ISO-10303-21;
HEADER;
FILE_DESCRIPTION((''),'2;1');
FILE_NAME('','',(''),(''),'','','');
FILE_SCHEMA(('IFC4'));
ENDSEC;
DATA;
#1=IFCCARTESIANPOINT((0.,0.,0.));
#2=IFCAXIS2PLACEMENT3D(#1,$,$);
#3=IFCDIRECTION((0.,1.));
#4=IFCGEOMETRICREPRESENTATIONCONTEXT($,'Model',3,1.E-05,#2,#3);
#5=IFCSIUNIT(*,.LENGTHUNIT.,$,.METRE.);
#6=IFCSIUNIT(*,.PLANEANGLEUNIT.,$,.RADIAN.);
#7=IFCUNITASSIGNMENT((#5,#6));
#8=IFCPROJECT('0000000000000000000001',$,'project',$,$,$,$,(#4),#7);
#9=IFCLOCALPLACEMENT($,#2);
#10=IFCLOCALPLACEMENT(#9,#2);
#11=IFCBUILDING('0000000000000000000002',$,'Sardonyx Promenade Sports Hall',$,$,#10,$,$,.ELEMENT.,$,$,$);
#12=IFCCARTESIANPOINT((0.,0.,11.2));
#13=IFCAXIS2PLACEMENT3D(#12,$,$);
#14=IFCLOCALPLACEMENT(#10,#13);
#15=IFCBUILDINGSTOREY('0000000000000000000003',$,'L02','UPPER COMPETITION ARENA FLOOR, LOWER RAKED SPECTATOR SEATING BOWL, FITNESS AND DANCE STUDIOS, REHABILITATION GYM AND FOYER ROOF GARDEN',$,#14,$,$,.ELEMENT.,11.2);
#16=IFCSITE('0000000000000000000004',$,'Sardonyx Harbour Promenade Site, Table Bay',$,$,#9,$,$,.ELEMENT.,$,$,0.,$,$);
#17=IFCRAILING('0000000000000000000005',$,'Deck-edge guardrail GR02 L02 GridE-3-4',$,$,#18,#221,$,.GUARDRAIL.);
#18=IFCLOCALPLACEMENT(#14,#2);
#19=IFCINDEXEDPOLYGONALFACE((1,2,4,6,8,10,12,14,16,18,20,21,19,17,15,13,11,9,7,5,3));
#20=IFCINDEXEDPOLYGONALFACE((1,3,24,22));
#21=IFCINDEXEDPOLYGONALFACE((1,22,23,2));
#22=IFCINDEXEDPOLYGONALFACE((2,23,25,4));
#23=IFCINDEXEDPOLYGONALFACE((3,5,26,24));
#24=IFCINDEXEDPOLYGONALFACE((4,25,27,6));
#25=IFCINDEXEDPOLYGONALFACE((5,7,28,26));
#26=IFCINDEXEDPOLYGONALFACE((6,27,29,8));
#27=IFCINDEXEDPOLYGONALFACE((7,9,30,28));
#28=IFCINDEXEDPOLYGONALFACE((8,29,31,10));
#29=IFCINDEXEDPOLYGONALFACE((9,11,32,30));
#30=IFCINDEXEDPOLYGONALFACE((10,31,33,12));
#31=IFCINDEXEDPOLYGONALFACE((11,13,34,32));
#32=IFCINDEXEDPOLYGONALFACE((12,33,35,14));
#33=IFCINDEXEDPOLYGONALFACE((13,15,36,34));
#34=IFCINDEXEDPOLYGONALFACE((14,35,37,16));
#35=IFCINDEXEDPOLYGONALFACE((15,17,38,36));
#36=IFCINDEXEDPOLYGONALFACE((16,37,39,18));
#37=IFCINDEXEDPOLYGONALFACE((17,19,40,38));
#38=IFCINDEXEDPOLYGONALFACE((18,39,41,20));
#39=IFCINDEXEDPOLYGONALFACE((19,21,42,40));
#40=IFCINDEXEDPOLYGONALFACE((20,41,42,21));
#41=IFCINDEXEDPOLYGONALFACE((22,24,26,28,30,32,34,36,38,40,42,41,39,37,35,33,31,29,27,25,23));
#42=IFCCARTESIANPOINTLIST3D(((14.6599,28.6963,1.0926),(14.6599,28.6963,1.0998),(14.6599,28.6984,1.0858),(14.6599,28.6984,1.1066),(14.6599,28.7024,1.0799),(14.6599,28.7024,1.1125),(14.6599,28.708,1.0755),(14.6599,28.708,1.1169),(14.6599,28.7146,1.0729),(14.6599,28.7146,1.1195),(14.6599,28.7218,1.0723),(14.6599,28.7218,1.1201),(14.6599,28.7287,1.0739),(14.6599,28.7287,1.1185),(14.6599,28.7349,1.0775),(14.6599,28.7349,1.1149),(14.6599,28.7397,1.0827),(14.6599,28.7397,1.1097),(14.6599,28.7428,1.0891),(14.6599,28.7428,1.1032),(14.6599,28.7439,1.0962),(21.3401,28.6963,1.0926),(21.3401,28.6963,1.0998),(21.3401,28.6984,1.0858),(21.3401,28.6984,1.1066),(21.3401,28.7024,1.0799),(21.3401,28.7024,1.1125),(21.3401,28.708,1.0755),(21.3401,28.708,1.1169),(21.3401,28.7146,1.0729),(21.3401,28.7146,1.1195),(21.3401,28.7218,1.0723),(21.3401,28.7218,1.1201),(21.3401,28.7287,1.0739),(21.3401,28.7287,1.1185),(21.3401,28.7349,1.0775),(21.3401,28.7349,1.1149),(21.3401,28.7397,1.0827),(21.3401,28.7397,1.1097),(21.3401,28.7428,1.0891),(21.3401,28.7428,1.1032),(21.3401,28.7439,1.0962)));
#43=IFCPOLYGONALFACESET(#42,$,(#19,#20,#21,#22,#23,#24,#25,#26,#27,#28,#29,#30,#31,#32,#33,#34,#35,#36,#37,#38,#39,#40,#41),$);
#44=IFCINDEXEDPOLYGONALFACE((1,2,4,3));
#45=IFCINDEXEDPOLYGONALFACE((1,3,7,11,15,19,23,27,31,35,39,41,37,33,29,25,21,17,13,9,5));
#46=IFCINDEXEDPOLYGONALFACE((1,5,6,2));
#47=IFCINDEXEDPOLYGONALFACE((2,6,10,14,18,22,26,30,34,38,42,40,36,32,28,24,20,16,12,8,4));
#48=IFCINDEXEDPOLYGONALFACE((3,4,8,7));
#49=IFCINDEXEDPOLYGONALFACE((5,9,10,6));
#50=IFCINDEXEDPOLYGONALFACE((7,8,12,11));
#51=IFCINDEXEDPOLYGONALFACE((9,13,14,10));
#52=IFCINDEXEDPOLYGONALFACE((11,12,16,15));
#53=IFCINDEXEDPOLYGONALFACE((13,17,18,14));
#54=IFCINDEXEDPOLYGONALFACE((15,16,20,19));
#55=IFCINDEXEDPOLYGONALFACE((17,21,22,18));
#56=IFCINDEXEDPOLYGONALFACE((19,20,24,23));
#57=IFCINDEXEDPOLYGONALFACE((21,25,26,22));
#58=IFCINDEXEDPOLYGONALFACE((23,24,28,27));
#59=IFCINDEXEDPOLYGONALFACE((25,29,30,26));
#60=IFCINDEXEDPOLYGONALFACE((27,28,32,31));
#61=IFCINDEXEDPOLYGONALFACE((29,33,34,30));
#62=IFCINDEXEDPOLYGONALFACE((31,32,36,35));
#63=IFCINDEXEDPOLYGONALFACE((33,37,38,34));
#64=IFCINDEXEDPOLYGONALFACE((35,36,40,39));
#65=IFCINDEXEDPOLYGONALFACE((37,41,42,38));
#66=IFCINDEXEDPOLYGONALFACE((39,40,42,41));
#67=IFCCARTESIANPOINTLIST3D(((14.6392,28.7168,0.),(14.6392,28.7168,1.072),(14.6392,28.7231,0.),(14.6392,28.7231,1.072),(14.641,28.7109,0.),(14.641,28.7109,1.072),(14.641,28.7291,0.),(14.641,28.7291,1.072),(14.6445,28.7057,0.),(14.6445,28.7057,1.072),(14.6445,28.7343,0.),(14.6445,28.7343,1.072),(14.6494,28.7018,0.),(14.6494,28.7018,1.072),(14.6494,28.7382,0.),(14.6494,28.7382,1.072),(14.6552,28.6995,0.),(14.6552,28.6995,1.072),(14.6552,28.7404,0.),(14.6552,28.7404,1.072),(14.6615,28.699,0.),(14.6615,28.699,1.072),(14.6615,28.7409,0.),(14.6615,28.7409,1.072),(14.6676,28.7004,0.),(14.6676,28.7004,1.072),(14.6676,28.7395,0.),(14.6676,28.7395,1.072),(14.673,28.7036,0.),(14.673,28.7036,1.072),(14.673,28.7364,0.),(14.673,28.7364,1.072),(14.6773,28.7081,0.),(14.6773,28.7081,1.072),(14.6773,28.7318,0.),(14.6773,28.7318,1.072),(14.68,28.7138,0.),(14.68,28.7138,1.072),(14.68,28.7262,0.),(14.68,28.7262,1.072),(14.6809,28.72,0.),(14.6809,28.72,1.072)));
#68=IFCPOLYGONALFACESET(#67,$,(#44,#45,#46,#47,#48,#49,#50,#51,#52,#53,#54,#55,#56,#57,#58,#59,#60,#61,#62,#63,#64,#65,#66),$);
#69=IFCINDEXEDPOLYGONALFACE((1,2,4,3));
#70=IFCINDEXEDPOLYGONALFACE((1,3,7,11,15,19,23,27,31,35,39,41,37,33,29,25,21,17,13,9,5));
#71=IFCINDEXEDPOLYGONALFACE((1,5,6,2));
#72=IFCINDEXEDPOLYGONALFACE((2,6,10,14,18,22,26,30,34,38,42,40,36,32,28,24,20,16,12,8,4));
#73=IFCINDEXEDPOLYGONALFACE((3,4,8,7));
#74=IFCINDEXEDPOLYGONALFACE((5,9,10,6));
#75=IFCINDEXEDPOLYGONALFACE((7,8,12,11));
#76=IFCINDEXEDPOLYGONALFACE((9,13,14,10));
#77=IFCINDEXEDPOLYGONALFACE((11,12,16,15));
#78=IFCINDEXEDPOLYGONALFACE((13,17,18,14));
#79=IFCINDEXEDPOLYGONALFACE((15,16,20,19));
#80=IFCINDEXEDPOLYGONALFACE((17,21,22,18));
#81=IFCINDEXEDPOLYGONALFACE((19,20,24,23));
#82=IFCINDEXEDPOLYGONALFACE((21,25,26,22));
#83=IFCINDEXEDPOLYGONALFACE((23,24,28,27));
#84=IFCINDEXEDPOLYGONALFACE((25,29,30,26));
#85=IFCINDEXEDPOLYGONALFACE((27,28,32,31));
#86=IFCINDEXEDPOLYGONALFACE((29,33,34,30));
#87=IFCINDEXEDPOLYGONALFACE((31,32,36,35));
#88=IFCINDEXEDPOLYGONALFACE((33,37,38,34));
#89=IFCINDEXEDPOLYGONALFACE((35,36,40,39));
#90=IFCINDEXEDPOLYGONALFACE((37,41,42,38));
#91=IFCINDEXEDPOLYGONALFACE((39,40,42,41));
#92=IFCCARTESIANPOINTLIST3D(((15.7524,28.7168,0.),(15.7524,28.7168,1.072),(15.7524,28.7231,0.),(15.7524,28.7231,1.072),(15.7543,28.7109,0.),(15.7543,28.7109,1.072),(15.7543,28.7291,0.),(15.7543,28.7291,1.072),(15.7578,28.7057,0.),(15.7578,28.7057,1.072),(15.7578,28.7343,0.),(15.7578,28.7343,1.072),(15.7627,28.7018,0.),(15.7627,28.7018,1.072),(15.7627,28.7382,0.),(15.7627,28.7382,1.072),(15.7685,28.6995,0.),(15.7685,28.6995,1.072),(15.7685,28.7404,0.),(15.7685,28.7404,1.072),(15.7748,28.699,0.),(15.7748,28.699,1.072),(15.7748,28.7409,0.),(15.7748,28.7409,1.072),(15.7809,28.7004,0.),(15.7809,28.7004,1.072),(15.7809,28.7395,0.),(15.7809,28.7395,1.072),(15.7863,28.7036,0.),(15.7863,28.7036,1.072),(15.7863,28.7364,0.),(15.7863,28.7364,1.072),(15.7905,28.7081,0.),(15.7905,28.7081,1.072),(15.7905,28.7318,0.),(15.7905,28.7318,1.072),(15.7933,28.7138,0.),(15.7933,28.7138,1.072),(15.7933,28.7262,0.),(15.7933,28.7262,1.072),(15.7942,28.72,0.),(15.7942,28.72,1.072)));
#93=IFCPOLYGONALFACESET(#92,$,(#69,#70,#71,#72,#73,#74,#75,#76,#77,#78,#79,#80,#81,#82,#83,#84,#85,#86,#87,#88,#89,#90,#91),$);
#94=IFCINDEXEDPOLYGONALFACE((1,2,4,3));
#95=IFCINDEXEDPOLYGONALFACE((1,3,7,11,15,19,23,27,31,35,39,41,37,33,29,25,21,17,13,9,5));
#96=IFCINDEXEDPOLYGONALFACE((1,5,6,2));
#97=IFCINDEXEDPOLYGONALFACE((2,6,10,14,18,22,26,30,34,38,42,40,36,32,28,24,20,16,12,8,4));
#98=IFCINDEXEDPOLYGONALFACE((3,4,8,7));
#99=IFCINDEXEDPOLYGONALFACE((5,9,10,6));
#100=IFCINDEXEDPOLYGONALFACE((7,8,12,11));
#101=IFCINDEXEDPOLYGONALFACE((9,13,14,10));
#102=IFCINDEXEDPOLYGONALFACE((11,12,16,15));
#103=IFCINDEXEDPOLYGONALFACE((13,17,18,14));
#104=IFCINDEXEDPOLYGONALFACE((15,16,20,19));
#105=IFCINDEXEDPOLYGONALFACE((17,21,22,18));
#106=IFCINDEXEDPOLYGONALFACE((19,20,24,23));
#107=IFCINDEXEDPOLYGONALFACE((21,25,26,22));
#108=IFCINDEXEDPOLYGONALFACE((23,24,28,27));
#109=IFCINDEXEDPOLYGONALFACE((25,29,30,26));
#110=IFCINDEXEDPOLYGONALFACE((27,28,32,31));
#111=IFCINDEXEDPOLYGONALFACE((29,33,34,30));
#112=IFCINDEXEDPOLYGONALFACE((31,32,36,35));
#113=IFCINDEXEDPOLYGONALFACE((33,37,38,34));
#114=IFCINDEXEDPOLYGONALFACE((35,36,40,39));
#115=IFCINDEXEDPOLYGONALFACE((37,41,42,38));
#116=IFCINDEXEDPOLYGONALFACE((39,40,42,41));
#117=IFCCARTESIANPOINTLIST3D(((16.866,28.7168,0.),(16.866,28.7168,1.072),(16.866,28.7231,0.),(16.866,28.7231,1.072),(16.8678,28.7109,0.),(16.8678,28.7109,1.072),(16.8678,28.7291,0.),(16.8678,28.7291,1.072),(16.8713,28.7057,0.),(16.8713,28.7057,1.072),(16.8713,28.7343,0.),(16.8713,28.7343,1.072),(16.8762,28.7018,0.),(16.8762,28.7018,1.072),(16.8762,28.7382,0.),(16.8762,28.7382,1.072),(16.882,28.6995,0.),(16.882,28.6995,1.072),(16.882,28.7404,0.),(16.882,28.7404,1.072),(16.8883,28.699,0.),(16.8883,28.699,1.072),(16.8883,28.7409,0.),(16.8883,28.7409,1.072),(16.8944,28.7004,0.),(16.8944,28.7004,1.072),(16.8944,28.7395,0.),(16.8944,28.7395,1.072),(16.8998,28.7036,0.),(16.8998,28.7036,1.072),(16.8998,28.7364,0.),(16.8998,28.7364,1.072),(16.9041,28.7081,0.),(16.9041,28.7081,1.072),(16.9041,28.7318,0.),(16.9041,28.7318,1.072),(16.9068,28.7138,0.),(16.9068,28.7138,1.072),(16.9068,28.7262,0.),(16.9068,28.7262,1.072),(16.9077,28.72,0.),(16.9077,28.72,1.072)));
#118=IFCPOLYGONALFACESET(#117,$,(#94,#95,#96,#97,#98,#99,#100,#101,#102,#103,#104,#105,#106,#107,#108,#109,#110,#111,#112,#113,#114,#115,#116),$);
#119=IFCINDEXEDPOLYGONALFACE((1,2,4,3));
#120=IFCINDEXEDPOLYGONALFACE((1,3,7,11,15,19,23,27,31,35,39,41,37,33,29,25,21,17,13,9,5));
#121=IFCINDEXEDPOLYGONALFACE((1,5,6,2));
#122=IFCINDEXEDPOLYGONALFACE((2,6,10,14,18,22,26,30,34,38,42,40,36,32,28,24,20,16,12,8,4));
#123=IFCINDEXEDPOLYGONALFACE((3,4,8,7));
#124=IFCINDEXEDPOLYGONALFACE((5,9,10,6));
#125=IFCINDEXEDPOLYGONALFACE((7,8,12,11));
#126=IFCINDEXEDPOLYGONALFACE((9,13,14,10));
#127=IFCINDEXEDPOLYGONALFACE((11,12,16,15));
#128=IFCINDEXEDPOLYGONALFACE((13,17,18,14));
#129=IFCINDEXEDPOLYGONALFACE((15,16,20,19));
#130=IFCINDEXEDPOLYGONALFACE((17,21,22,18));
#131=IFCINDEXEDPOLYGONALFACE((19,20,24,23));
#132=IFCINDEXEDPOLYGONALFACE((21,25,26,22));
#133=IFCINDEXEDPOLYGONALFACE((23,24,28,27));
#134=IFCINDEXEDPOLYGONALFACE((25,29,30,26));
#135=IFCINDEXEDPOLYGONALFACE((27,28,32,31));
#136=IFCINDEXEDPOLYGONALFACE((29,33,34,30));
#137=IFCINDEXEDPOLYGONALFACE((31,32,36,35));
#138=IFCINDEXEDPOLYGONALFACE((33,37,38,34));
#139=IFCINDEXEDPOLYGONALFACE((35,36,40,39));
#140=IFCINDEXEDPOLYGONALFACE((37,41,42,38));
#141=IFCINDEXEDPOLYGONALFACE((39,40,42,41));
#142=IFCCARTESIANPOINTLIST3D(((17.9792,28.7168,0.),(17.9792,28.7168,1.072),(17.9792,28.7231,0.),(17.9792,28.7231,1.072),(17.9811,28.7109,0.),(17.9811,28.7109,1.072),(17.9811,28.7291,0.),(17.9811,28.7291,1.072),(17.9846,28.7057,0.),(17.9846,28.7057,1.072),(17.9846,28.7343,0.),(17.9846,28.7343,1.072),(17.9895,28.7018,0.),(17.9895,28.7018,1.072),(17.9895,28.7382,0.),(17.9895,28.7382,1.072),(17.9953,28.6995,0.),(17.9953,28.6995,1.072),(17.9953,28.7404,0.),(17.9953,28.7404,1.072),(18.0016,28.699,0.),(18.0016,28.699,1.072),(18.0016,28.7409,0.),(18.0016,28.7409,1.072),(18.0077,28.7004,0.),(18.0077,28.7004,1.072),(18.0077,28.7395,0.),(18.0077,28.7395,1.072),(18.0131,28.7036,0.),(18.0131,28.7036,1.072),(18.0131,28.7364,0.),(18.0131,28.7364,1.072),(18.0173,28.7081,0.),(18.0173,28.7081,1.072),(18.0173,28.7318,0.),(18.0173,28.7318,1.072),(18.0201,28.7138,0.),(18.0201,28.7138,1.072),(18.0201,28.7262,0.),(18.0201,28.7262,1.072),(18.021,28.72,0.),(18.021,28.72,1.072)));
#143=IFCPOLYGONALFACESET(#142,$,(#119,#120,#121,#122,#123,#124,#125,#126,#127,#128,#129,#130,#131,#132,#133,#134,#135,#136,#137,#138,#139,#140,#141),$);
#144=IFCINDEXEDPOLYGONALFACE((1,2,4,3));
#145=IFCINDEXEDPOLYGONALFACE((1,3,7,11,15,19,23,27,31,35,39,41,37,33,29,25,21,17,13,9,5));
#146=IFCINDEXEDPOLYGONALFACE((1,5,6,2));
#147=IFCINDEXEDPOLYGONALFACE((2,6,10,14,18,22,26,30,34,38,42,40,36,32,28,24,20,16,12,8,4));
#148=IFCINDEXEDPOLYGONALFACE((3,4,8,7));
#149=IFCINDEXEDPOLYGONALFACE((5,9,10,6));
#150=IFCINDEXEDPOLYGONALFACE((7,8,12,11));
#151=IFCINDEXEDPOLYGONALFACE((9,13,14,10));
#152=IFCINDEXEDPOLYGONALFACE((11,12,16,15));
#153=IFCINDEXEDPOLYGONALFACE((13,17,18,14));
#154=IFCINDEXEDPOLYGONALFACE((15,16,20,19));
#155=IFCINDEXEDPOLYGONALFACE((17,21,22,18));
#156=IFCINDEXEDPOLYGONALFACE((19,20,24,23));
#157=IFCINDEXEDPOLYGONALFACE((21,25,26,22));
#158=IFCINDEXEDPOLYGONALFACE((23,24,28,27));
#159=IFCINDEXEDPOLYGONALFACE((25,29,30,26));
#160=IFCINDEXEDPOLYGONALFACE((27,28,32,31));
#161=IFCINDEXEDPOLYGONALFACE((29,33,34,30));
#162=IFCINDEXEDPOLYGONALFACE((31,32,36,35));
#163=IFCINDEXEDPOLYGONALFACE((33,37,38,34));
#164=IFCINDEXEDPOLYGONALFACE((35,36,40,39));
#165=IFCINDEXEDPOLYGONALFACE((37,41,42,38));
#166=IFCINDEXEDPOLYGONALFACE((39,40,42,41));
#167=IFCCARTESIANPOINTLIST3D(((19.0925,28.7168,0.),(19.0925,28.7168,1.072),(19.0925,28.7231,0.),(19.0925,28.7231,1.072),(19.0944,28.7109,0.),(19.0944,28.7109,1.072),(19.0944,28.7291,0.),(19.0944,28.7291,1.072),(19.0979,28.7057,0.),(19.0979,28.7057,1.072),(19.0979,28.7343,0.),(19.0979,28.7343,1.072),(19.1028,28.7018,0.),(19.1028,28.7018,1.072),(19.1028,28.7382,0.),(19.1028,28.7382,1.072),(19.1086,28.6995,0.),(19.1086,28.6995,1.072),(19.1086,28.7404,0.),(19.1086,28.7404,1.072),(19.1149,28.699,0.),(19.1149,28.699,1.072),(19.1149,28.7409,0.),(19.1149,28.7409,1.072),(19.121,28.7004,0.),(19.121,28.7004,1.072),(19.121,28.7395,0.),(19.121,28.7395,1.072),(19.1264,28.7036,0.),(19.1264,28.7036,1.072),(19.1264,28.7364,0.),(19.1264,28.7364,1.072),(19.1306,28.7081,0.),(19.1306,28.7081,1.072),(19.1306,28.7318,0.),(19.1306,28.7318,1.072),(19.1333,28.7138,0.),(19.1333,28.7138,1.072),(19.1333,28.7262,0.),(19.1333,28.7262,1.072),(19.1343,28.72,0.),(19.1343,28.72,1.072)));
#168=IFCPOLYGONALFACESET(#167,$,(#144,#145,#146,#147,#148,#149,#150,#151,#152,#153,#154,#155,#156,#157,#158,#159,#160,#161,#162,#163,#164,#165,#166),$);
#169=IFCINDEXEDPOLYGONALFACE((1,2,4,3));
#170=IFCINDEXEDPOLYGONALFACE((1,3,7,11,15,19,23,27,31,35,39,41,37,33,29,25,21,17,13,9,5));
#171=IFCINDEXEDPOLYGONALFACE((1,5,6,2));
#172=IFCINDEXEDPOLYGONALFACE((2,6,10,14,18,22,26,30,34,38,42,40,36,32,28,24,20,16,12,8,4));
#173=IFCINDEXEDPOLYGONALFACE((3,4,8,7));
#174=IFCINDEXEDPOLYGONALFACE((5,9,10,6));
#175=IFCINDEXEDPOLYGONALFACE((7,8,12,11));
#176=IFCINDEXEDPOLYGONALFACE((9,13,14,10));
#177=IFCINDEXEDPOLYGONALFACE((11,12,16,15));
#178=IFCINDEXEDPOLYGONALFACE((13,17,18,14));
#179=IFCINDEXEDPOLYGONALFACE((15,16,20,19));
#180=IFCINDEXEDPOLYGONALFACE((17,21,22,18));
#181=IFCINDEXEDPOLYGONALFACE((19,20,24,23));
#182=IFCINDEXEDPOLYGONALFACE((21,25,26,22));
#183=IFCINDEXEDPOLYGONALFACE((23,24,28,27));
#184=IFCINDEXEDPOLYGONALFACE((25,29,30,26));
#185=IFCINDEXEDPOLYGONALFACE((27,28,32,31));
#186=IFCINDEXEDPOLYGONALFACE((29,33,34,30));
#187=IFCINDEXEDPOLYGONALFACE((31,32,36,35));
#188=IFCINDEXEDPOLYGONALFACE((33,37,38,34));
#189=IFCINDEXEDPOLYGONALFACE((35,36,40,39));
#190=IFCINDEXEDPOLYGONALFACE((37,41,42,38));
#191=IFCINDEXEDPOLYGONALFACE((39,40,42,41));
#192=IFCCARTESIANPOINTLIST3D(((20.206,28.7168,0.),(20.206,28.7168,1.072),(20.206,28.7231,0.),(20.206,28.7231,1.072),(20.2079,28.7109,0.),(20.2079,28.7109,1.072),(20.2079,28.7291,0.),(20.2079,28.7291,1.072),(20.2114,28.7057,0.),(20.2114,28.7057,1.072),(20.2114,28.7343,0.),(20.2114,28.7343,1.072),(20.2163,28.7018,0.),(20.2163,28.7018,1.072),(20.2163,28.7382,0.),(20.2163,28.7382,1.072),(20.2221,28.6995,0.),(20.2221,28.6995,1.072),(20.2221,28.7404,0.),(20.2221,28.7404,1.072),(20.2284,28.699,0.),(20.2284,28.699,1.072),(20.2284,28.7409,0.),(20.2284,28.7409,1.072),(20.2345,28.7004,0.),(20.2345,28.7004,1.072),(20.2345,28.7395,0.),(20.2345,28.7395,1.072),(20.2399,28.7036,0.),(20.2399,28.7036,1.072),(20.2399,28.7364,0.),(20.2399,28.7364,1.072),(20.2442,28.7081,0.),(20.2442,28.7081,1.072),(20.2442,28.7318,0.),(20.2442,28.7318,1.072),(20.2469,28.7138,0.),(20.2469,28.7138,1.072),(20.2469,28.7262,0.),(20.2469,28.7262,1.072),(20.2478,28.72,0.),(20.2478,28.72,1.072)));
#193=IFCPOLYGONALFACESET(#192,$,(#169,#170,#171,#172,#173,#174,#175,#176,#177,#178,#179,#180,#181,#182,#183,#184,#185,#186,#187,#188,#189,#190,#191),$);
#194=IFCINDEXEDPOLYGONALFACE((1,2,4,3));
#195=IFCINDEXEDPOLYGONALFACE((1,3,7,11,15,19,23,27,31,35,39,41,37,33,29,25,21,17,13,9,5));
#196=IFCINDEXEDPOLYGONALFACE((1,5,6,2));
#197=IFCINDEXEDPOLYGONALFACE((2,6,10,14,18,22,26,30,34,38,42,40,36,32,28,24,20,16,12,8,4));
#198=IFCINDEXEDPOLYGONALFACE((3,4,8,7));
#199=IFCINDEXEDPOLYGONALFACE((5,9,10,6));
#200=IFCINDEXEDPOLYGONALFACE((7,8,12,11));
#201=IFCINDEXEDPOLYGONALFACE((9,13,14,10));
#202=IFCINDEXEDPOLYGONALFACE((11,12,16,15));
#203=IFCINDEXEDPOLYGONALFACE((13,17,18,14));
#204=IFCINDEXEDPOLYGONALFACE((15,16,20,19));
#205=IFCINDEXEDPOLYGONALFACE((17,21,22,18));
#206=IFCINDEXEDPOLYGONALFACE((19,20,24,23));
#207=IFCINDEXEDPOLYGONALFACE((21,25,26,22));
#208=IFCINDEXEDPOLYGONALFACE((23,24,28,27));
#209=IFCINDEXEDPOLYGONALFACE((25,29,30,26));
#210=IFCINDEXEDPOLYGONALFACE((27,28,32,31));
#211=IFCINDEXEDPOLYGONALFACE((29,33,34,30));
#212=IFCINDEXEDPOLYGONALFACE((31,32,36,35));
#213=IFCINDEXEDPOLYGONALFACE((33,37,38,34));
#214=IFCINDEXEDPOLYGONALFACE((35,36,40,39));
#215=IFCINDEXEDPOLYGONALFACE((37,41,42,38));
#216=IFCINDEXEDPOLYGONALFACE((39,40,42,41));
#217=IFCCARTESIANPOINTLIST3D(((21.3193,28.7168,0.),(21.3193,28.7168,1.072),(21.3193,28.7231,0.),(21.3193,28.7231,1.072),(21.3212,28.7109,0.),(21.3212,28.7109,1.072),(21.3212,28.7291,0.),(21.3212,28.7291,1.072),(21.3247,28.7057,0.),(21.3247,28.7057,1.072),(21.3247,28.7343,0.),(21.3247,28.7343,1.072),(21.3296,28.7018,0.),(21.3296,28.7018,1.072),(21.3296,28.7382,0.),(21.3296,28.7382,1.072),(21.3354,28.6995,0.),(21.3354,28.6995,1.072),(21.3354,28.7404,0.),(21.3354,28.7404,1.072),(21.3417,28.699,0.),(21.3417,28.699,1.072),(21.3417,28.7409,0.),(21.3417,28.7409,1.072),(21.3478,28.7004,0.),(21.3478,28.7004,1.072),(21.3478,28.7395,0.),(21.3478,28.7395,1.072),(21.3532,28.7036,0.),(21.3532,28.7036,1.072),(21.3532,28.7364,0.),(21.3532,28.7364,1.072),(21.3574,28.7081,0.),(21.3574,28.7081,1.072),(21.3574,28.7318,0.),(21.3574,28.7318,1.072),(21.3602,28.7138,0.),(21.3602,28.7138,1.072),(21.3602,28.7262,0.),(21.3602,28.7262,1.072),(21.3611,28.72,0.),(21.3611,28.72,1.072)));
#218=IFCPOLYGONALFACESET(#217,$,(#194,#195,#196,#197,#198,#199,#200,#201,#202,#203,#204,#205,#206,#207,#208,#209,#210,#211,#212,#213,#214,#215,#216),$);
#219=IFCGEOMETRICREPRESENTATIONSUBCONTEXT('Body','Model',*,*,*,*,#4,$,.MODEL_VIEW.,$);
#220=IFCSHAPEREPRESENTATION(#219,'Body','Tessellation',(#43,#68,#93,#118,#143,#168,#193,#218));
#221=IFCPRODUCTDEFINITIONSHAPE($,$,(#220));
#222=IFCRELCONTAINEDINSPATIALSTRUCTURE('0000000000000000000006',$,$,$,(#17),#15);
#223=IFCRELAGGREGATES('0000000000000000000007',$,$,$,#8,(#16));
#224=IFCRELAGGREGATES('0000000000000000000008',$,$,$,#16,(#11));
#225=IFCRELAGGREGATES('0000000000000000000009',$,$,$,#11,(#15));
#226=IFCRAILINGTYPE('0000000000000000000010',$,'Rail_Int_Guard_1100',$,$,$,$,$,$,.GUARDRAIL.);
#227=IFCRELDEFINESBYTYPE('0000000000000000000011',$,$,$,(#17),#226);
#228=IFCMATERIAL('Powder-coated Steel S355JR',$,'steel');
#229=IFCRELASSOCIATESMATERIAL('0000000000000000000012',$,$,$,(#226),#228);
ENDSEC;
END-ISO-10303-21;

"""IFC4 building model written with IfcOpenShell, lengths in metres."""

from ifc_helpers import new_model, si_unit, direction, frame, origin, origin_2d, place, context, subcontext, project, spatial, circle, extrude, material, type_object, element, save


model = new_model("IFC4")

# Units and contexts
model_context = context("Model", 3, precision=1e-05, world=origin(), true_north=direction((0.0, 1.0)))
body_context = subcontext(model_context, "Body", "Model", "MODEL_VIEW")
ifc_project = project(units=[si_unit("LENGTHUNIT", "METRE"), si_unit("PLANEANGLEUNIT", "RADIAN")], contexts=[model_context])

# Site, building, storey
site_placement = place(None, origin())
site = spatial("IfcSite", under=ifc_project, at=site_placement, Name="Sardonyx Harbour Promenade Site, Table Bay", CompositionType="ELEMENT", RefElevation=0.0)
building_placement = place(site_placement, origin())
building = spatial("IfcBuilding", under=site, at=building_placement, Name="Sardonyx Promenade Sports Hall", CompositionType="ELEMENT")
storey_placement = place(building_placement, frame((0.0, 0.0, 11.2)))
storey = spatial("IfcBuildingStorey", under=building, at=storey_placement, Name="L02", Description="UPPER COMPETITION ARENA FLOOR, LOWER RAKED SPECTATOR SEATING BOWL, FITNESS AND DANCE STUDIOS, REHABILITATION GYM AND FOYER ROOF GARDEN", CompositionType="ELEMENT", Elevation=11.2)

# Railing
ifc_material_1 = material(Name="Powder-coated Steel S355JR", Category="steel")
railing_type = type_object("IfcRailingType", Name="Rail_Int_Guard_1100", PredefinedType="GUARDRAIL", material=ifc_material_1)
railing_placement = place(storey_placement, frame((14.6599, 28.72, 0.0)))
element("IfcRailing", 1, at=railing_placement, inside=storey, type_object=railing_type, Name="Deck-edge guardrail GR02 L02 GridE-3-4", PredefinedType="GUARDRAIL", context=body_context, shape_type="SweptSolid", body=[
    extrude(circle(Radius=0.0239, at=origin_2d()), frame((0.0, 0.0, 1.0962), z_axis=(1.0, 0.0, 0.0), x_axis=(0.0, 1.0, 0.0)), (0.0, 0.0, 1.0), 6.6802),
    extrude(circle(Radius=0.021, at=origin_2d()), origin(), (0.0, 0.0, 1.0), 1.072),
    extrude(circle(Radius=0.021, at=origin_2d()), frame((1.1133, 0.0, 0.0)), (0.0, 0.0, 1.0), 1.072),
    extrude(circle(Radius=0.021, at=origin_2d()), frame((2.2268, 0.0, 0.0)), (0.0, 0.0, 1.0), 1.072),
    extrude(circle(Radius=0.021, at=origin_2d()), frame((3.3401, 0.0, 0.0)), (0.0, 0.0, 1.0), 1.072),
    extrude(circle(Radius=0.021, at=origin_2d()), frame((4.4534, 0.0, 0.0)), (0.0, 0.0, 1.0), 1.072),
    extrude(circle(Radius=0.021, at=origin_2d()), frame((5.5669, 0.0, 0.0)), (0.0, 0.0, 1.0), 1.072),
    extrude(circle(Radius=0.021, at=origin_2d()), frame((6.6802, 0.0, 0.0)), (0.0, 0.0, 1.0), 1.072),
])

save(model, "model.ifc")
